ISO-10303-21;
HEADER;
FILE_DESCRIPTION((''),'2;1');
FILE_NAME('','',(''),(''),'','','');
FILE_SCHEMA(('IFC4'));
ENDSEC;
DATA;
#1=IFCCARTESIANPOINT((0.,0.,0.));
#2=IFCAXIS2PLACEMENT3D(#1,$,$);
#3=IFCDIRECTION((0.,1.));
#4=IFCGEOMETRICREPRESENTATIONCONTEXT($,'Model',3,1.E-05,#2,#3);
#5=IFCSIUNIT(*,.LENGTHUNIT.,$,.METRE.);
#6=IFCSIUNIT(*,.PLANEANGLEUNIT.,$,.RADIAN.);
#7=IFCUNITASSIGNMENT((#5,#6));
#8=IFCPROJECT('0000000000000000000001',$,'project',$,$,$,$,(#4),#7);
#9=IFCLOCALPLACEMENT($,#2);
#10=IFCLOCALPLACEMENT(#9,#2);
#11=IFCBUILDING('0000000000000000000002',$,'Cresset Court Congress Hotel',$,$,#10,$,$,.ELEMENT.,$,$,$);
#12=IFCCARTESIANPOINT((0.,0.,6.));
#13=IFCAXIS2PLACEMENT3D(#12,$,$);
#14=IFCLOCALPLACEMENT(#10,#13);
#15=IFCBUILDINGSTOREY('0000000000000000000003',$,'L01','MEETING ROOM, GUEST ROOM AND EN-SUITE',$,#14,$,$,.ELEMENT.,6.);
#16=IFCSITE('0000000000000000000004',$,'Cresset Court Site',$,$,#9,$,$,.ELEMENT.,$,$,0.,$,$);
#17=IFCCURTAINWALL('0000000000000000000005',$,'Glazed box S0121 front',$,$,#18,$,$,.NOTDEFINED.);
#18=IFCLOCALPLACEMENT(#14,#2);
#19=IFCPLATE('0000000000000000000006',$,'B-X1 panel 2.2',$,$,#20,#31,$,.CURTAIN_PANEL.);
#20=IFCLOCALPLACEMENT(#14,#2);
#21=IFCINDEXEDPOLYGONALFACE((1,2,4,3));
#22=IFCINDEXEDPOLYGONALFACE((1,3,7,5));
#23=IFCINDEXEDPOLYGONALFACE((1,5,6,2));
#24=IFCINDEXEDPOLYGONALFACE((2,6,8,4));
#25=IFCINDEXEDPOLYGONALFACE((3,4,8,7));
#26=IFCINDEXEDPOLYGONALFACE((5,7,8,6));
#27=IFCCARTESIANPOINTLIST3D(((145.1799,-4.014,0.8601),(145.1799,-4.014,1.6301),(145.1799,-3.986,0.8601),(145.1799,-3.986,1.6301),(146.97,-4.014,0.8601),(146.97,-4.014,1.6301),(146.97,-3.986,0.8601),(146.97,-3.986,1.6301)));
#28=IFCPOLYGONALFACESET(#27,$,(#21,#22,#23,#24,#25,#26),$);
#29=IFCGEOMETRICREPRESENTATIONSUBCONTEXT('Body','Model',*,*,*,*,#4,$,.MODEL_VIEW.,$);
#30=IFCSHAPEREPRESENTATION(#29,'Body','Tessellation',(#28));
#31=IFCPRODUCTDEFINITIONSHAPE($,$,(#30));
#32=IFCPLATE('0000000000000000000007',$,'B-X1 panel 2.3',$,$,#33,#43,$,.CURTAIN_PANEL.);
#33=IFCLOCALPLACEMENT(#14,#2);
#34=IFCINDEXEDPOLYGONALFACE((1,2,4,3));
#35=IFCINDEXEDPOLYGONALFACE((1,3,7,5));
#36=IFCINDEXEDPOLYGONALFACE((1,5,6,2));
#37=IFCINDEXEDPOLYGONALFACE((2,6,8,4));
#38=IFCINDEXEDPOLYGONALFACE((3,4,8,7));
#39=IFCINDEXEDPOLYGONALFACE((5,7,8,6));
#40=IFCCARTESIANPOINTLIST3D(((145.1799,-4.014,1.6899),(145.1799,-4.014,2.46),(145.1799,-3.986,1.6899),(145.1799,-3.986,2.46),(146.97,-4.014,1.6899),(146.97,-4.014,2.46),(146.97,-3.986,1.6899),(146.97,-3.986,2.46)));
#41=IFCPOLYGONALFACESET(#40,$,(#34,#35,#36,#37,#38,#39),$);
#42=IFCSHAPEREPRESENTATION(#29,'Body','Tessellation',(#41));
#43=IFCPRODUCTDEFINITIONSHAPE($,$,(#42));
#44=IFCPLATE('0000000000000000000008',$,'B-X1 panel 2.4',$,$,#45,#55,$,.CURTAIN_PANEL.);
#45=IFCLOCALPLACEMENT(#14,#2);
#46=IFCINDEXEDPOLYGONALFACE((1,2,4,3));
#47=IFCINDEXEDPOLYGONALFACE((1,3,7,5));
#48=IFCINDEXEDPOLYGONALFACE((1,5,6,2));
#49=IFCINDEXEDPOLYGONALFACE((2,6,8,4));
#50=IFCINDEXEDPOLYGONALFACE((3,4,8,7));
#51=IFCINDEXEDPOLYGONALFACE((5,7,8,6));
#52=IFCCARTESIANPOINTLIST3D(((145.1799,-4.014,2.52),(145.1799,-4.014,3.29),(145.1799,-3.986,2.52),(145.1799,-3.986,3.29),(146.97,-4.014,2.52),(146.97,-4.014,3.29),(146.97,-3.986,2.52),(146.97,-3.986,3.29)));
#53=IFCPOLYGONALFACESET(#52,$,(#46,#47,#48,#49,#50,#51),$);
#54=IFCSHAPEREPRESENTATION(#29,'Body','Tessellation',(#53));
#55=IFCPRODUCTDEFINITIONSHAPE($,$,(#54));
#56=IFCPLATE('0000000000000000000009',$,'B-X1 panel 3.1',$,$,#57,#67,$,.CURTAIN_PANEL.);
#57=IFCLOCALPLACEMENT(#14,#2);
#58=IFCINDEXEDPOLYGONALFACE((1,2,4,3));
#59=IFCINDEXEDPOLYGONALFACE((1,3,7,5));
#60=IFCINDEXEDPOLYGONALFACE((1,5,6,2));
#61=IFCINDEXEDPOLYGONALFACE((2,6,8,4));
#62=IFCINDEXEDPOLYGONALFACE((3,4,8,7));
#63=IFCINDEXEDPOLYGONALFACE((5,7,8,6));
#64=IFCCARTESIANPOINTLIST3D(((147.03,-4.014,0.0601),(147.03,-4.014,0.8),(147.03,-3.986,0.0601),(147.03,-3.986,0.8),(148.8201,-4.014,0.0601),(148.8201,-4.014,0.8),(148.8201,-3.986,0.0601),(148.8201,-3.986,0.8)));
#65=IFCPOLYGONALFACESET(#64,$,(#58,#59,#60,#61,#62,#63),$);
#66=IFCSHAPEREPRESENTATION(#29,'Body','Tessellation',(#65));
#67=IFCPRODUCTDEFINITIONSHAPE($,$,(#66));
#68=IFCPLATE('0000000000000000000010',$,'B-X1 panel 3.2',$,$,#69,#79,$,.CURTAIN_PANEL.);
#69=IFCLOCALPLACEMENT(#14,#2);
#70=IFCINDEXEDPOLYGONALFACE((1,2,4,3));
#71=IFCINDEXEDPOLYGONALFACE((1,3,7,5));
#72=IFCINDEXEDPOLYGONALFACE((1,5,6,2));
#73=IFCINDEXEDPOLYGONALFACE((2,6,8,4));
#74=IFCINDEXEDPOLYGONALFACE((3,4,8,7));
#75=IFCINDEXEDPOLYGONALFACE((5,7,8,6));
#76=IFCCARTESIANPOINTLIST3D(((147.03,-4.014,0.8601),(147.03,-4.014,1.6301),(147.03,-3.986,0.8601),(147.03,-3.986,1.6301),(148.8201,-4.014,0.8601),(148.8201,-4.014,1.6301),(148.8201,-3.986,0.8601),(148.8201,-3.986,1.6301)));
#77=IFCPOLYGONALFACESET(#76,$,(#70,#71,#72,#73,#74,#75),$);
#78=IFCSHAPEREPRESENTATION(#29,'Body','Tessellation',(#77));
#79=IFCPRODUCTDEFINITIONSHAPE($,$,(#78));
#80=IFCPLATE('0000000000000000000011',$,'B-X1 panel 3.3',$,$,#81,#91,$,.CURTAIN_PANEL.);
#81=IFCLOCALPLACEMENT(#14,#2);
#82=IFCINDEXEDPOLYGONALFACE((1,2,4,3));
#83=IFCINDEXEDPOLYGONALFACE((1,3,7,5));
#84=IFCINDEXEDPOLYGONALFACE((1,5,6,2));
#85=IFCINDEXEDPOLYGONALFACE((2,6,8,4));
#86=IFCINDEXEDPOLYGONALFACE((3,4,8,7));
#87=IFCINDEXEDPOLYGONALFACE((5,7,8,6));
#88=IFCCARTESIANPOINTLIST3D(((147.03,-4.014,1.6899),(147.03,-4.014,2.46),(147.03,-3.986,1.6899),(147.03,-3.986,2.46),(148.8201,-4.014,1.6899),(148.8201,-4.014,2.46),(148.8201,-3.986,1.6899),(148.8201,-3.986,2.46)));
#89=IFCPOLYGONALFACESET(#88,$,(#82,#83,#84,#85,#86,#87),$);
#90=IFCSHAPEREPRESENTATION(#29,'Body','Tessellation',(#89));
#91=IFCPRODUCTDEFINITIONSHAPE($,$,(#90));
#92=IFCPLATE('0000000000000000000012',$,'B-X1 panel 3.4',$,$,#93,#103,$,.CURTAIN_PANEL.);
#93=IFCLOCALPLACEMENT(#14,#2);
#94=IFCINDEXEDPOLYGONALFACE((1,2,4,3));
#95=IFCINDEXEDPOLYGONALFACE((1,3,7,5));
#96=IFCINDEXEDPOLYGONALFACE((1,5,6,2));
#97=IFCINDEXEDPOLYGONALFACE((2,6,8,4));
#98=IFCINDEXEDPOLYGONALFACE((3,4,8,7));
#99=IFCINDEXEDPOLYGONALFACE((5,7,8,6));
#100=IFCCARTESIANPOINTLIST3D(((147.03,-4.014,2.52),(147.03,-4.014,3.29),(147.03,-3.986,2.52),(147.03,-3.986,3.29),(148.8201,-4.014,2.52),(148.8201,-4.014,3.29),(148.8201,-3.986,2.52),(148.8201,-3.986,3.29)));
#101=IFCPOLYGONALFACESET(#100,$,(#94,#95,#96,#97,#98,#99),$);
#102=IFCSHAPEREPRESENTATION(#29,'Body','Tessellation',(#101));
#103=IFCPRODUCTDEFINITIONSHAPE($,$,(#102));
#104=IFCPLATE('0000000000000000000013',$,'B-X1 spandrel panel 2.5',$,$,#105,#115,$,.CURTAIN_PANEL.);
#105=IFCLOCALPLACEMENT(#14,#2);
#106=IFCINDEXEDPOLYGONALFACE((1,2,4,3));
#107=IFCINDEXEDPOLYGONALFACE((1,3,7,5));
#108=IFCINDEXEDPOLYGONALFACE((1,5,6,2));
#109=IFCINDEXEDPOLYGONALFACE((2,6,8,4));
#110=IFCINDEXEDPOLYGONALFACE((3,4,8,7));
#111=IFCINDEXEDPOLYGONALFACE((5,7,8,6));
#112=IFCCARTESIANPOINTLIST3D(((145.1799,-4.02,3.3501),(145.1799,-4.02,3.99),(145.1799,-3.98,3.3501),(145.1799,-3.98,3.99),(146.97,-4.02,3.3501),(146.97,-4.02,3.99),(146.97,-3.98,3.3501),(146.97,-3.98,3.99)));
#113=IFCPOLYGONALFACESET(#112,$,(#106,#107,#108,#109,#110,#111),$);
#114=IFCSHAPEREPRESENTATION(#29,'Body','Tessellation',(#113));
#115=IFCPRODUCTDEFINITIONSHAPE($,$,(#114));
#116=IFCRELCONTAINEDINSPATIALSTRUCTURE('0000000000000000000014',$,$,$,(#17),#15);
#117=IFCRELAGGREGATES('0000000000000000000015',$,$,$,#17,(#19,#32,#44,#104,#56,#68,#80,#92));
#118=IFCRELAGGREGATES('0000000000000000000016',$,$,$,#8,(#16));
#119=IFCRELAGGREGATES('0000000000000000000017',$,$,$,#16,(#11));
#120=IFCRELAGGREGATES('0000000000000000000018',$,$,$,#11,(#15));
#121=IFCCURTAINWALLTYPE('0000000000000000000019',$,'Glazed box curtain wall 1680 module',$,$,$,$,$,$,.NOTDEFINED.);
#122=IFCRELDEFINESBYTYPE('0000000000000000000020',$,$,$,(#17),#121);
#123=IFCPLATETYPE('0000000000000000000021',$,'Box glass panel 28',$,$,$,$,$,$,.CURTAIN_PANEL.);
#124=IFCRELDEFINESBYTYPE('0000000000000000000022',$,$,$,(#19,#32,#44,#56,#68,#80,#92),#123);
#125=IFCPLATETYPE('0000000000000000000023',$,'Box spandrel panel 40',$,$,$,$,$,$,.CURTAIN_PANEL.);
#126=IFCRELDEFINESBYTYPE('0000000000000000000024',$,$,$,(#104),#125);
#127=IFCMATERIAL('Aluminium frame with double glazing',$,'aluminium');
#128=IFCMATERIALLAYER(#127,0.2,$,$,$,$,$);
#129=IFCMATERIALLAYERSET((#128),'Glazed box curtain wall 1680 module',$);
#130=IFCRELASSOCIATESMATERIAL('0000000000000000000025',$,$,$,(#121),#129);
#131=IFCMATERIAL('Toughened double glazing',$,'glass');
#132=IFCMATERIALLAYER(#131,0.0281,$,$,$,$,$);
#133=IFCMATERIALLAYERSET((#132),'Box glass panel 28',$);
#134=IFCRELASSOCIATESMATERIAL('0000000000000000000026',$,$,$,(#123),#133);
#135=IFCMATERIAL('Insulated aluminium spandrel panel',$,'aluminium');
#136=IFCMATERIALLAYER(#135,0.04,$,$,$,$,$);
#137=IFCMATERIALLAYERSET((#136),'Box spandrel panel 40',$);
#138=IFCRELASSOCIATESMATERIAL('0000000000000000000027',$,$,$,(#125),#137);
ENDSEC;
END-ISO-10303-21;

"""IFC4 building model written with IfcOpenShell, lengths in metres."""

from ifc_helpers import new_model, si_unit, direction, frame, origin, origin_2d, place, context, subcontext, project, spatial, rectangle, extrude, material, layer, layer_set, type_object, element, aggregate, save


model = new_model("IFC4")

# Units and contexts
model_context = context("Model", 3, precision=1e-05, world=origin(), true_north=direction((0.0, 1.0)))
body_context = subcontext(model_context, "Body", "Model", "MODEL_VIEW")
ifc_project = project(units=[si_unit("LENGTHUNIT", "METRE"), si_unit("PLANEANGLEUNIT", "RADIAN")], contexts=[model_context])

# Site, building, storey
site_placement = place(None, origin())
site = spatial("IfcSite", under=ifc_project, at=site_placement, Name="Cresset Court Site", CompositionType="ELEMENT", RefElevation=0.0)
building_placement = place(site_placement, origin())
building = spatial("IfcBuilding", under=site, at=building_placement, Name="Cresset Court Congress Hotel", CompositionType="ELEMENT")
storey_placement = place(building_placement, frame((0.0, 0.0, 6.0)))
storey = spatial("IfcBuildingStorey", under=building, at=storey_placement, Name="L01", Description="MEETING ROOM, GUEST ROOM AND EN-SUITE", CompositionType="ELEMENT", Elevation=6.0)

# Curtain wall, plates
ifc_material_1 = material(Name="Aluminium frame with double glazing", Category="aluminium")
ifc_layer_1 = layer(ifc_material_1, 0.2)
ifc_layer_set_1 = layer_set([ifc_layer_1], Name="Glazed box curtain wall 1680 module")
curtain_wall_type = type_object("IfcCurtainWallType", Name="Glazed box curtain wall 1680 module", PredefinedType="NOTDEFINED", material=ifc_layer_set_1)
curtain_wall_placement = place(storey_placement, origin())
curtain_wall = element("IfcCurtainWall", 1, at=curtain_wall_placement, inside=storey, type_object=curtain_wall_type, Name="Glazed box S0121 front", PredefinedType="NOTDEFINED")
ifc_material_2 = material(Name="Toughened double glazing", Category="glass")
ifc_layer_2 = layer(ifc_material_2, 0.0281)
ifc_layer_set_2 = layer_set([ifc_layer_2], Name="Box glass panel 28")
plate_type_1 = type_object("IfcPlateType", Name="Box glass panel 28", PredefinedType="CURTAIN_PANEL", material=ifc_layer_set_2)
plate_1_placement = place(storey_placement, frame((146.075, -4.0, 0.8601), z_axis=(0.0, 0.0, 1.0), x_axis=(1.0, 0.0, 0.0)))
plate_1 = element("IfcPlate", 2, at=plate_1_placement, type_object=plate_type_1, Name="B-X1 panel 2.2", PredefinedType="CURTAIN_PANEL", context=body_context, shape_type="SweptSolid", body=[
    extrude(rectangle(XDim=1.79, YDim=0.0281, at=origin_2d()), origin(), (0.0, 0.0, 1.0), 0.77),
])
plate_2_placement = place(storey_placement, frame((146.075, -4.0, 1.6899), z_axis=(0.0, 0.0, 1.0), x_axis=(1.0, 0.0, 0.0)))
plate_2 = element("IfcPlate", 3, at=plate_2_placement, type_object=plate_type_1, Name="B-X1 panel 2.3", PredefinedType="CURTAIN_PANEL", context=body_context, shape_type="SweptSolid", body=[
    extrude(rectangle(XDim=1.79, YDim=0.0281, at=origin_2d()), origin(), (0.0, 0.0, 1.0), 0.77),
])
plate_3_placement = place(storey_placement, frame((146.075, -4.0, 2.52), z_axis=(0.0, 0.0, 1.0), x_axis=(1.0, 0.0, 0.0)))
plate_3 = element("IfcPlate", 4, at=plate_3_placement, type_object=plate_type_1, Name="B-X1 panel 2.4", PredefinedType="CURTAIN_PANEL", context=body_context, shape_type="SweptSolid", body=[
    extrude(rectangle(XDim=1.79, YDim=0.0281, at=origin_2d()), origin(), (0.0, 0.0, 1.0), 0.77),
])
plate_4_placement = place(storey_placement, frame((147.925, -4.0, 0.0601), z_axis=(0.0, 0.0, 1.0), x_axis=(1.0, 0.0, 0.0)))
plate_4 = element("IfcPlate", 5, at=plate_4_placement, type_object=plate_type_1, Name="B-X1 panel 3.1", PredefinedType="CURTAIN_PANEL", context=body_context, shape_type="SweptSolid", body=[
    extrude(rectangle(XDim=1.79, YDim=0.0281, at=origin_2d()), origin(), (0.0, 0.0, 1.0), 0.74),
])
plate_5_placement = place(storey_placement, frame((147.925, -4.0, 0.8601), z_axis=(0.0, 0.0, 1.0), x_axis=(1.0, 0.0, 0.0)))
plate_5 = element("IfcPlate", 6, at=plate_5_placement, type_object=plate_type_1, Name="B-X1 panel 3.2", PredefinedType="CURTAIN_PANEL", context=body_context, shape_type="SweptSolid", body=[
    extrude(rectangle(XDim=1.79, YDim=0.0281, at=origin_2d()), origin(), (0.0, 0.0, 1.0), 0.77),
])
plate_6_placement = place(storey_placement, frame((147.925, -4.0, 1.6899), z_axis=(0.0, 0.0, 1.0), x_axis=(1.0, 0.0, 0.0)))
plate_6 = element("IfcPlate", 7, at=plate_6_placement, type_object=plate_type_1, Name="B-X1 panel 3.3", PredefinedType="CURTAIN_PANEL", context=body_context, shape_type="SweptSolid", body=[
    extrude(rectangle(XDim=1.79, YDim=0.0281, at=origin_2d()), origin(), (0.0, 0.0, 1.0), 0.77),
])
plate_7_placement = place(storey_placement, frame((147.925, -4.0, 2.52), z_axis=(0.0, 0.0, 1.0), x_axis=(1.0, 0.0, 0.0)))
plate_7 = element("IfcPlate", 8, at=plate_7_placement, type_object=plate_type_1, Name="B-X1 panel 3.4", PredefinedType="CURTAIN_PANEL", context=body_context, shape_type="SweptSolid", body=[
    extrude(rectangle(XDim=1.79, YDim=0.0281, at=origin_2d()), origin(), (0.0, 0.0, 1.0), 0.77),
])
ifc_material_3 = material(Name="Insulated aluminium spandrel panel", Category="aluminium")
ifc_layer_3 = layer(ifc_material_3, 0.04)
ifc_layer_set_3 = layer_set([ifc_layer_3], Name="Box spandrel panel 40")
plate_type_2 = type_object("IfcPlateType", Name="Box spandrel panel 40", PredefinedType="CURTAIN_PANEL", material=ifc_layer_set_3)
plate_8_placement = place(storey_placement, frame((146.075, -4.0, 3.3501), z_axis=(0.0, 0.0, 1.0), x_axis=(1.0, 0.0, 0.0)))
plate_8 = element("IfcPlate", 9, at=plate_8_placement, type_object=plate_type_2, Name="B-X1 spandrel panel 2.5", PredefinedType="CURTAIN_PANEL", context=body_context, shape_type="SweptSolid", body=[
    extrude(rectangle(XDim=1.79, YDim=0.04, at=origin_2d()), origin(), (0.0, 0.0, 1.0), 0.6399),
])
aggregate(curtain_wall, [plate_1, plate_2, plate_3, plate_8, plate_4, plate_5, plate_6, plate_7])

save(model, "model.ifc")
